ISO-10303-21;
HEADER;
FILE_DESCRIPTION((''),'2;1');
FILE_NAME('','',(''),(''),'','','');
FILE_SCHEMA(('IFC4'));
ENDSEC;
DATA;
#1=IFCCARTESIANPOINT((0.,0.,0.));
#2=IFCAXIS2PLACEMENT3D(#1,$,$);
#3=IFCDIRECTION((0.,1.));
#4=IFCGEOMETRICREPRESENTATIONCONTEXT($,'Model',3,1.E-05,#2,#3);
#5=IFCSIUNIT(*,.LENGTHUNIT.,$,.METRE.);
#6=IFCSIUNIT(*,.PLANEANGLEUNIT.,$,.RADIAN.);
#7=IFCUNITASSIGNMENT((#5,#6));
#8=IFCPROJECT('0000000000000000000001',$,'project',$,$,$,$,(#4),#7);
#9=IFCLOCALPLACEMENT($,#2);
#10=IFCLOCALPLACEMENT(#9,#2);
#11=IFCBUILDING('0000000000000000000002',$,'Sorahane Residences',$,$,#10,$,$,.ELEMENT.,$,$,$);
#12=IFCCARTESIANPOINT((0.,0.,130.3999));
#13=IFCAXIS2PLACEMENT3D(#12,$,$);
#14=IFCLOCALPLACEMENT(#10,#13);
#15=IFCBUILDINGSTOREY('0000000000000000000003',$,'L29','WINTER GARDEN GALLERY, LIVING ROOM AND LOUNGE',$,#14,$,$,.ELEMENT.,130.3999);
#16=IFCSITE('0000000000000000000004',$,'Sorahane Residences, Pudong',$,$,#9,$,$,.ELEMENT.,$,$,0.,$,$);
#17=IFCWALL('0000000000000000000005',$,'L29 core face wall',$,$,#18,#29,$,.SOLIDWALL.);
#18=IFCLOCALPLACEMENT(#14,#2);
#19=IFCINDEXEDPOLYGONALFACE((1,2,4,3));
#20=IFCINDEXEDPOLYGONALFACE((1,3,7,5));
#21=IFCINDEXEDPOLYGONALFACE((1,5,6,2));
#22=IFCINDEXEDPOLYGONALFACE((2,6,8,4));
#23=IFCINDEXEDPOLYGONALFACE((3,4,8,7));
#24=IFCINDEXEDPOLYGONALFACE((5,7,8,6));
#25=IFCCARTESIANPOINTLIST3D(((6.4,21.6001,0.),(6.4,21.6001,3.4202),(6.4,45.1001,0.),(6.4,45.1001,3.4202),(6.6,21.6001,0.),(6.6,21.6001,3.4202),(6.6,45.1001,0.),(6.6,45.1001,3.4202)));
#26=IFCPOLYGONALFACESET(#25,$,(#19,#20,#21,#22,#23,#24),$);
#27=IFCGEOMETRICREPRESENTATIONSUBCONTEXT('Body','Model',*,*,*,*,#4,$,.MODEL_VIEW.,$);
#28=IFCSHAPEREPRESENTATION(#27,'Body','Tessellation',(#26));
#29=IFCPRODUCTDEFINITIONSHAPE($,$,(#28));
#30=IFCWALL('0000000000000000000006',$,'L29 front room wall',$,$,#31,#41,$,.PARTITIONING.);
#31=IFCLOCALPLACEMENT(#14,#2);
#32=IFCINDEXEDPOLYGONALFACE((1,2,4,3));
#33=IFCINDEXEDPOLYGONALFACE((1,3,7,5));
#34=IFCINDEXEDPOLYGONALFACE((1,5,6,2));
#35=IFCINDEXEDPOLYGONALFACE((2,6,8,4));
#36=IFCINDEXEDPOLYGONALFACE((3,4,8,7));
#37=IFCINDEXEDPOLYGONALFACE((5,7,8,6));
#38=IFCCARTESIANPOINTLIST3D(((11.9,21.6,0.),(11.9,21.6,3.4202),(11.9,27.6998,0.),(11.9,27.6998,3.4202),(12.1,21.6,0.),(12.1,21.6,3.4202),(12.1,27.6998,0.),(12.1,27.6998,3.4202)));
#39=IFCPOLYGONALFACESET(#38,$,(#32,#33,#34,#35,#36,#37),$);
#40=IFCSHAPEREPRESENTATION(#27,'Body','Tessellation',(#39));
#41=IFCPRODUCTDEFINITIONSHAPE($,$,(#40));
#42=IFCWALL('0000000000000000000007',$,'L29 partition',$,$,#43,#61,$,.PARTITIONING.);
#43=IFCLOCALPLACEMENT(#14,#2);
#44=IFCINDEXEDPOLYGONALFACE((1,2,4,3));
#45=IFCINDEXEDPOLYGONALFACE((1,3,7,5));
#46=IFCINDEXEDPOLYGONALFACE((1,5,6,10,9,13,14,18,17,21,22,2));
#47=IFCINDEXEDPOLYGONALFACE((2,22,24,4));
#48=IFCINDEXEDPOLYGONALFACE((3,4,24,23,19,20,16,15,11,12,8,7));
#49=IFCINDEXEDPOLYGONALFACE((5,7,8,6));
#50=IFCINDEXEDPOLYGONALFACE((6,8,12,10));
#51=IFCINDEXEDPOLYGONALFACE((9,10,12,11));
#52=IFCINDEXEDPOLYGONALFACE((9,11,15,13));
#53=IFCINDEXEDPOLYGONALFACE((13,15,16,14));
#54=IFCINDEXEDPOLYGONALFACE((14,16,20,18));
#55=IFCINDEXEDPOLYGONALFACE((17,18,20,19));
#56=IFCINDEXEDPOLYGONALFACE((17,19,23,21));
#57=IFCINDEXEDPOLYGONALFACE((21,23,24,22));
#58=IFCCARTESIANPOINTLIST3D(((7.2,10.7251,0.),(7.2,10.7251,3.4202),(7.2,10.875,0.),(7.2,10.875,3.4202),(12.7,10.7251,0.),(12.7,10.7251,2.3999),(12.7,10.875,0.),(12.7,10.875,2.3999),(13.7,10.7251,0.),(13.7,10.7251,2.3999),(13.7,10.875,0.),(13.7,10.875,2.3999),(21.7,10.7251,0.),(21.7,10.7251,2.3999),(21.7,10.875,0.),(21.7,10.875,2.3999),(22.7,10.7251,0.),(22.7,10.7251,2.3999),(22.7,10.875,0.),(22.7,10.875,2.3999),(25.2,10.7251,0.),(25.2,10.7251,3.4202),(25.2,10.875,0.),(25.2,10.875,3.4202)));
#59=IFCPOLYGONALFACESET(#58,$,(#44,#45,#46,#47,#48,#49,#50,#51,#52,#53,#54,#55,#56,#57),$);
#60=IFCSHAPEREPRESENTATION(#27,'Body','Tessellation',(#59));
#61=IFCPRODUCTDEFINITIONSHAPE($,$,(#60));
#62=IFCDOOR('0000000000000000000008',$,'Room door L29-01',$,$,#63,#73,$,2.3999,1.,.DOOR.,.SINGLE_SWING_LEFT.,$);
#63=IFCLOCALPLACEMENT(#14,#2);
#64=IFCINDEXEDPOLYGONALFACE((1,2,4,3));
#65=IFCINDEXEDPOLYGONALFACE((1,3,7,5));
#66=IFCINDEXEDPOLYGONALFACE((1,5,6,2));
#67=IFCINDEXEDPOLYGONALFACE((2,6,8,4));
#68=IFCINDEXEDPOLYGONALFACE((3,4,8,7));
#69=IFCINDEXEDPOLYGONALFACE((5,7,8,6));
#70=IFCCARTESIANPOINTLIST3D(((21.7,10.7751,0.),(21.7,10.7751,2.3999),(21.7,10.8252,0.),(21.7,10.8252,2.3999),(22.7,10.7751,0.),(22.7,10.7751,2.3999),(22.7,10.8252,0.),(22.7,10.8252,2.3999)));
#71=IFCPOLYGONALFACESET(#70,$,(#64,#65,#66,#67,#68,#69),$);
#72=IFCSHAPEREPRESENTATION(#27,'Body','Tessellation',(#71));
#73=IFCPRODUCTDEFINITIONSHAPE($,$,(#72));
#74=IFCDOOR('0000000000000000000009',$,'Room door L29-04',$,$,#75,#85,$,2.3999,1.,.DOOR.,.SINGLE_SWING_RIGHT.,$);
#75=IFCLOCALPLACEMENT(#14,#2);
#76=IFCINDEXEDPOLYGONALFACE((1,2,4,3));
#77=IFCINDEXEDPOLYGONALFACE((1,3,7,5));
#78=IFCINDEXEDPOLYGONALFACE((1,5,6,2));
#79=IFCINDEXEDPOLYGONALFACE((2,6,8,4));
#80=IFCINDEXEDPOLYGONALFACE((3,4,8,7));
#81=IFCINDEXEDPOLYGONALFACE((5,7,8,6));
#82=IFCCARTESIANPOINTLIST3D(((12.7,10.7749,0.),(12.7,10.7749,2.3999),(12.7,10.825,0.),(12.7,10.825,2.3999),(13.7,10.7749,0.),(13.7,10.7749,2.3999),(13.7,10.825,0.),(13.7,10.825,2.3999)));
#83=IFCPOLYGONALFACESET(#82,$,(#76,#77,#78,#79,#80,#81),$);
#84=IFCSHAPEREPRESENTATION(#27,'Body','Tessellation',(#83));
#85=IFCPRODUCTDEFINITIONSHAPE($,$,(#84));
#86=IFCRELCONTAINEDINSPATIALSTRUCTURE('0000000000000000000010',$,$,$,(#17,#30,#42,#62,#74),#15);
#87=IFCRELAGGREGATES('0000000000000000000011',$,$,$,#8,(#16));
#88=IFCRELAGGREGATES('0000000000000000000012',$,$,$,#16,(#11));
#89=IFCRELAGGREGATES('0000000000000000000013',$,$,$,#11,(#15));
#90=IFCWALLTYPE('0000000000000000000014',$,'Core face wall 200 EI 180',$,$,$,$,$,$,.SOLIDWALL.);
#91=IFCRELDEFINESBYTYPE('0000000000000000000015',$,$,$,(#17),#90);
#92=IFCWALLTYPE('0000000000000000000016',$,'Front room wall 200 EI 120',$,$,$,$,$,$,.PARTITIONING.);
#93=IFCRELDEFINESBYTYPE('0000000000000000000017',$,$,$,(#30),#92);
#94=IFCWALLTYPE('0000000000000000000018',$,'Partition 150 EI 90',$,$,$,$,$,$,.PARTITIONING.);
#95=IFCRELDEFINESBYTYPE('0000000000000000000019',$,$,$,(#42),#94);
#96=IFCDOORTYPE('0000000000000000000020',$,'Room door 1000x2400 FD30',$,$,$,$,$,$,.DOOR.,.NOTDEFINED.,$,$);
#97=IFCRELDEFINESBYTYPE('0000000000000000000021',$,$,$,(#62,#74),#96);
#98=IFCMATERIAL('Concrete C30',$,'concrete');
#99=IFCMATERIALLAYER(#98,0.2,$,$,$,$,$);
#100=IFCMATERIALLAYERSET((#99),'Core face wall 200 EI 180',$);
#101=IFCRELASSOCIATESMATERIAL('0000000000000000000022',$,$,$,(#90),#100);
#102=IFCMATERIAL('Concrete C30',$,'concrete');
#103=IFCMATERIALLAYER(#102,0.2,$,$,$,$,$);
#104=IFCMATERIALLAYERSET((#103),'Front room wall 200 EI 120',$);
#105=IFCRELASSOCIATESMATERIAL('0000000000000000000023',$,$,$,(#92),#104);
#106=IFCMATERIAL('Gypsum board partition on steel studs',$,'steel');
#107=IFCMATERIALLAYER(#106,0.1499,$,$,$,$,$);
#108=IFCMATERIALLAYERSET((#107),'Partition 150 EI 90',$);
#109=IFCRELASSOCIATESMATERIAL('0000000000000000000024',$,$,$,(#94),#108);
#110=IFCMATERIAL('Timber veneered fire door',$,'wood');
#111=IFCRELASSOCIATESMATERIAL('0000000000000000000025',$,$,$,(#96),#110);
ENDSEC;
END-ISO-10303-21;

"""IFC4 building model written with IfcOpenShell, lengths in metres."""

from ifc_helpers import new_model, si_unit, direction, frame, frame_2d, origin, place, context, subcontext, project, spatial, rectangle, extrude, material, layer, layer_set, type_object, element, fill, save


model = new_model("IFC4")

# Units and contexts
model_context = context("Model", 3, precision=1e-05, world=origin(), true_north=direction((0.0, 1.0)))
body_context = subcontext(model_context, "Body", "Model", "MODEL_VIEW")
ifc_project = project(units=[si_unit("LENGTHUNIT", "METRE"), si_unit("PLANEANGLEUNIT", "RADIAN")], contexts=[model_context])

# Site, building, storey
site_placement = place(None, origin())
site = spatial("IfcSite", under=ifc_project, at=site_placement, Name="Sorahane Residences, Pudong", CompositionType="ELEMENT", RefElevation=0.0)
building_placement = place(site_placement, origin())
building = spatial("IfcBuilding", under=site, at=building_placement, Name="Sorahane Residences", CompositionType="ELEMENT")
storey_placement = place(building_placement, frame((0.0, 0.0, 130.3999)))
storey = spatial("IfcBuildingStorey", under=building, at=storey_placement, Name="L29", Description="WINTER GARDEN GALLERY, LIVING ROOM AND LOUNGE", CompositionType="ELEMENT", Elevation=130.3999)

# Walls
ifc_material_1 = material(Name="Concrete C30", Category="concrete")
ifc_layer_1 = layer(ifc_material_1, 0.2)
ifc_layer_set_1 = layer_set([ifc_layer_1], Name="Core face wall 200 EI 180")
wall_type_1 = type_object("IfcWallType", Name="Core face wall 200 EI 180", PredefinedType="SOLIDWALL", material=ifc_layer_set_1)
wall_1_placement = place(storey_placement, frame((6.5, 21.6001, 0.0), z_axis=(0.0, 0.0, 1.0), x_axis=(0.0, 1.0, 0.0)))
element("IfcWall", 1, at=wall_1_placement, inside=storey, type_object=wall_type_1, Name="L29 core face wall", PredefinedType="SOLIDWALL", context=body_context, shape_type="SweptSolid", body=[
    extrude(rectangle(XDim=23.5, YDim=0.2, at=frame_2d((11.75, 0.0))), origin(), (0.0, 0.0, 1.0), 3.4202),
])
ifc_material_2 = material(Name="Concrete C30", Category="concrete")
ifc_layer_2 = layer(ifc_material_2, 0.2)
ifc_layer_set_2 = layer_set([ifc_layer_2], Name="Front room wall 200 EI 120")
wall_type_2 = type_object("IfcWallType", Name="Front room wall 200 EI 120", PredefinedType="PARTITIONING", material=ifc_layer_set_2)
wall_2_placement = place(storey_placement, frame((12.0, 21.6001, 0.0), z_axis=(0.0, 0.0, 1.0), x_axis=(0.0, 1.0, 0.0)))
element("IfcWall", 2, at=wall_2_placement, inside=storey, type_object=wall_type_2, Name="L29 front room wall", PredefinedType="PARTITIONING", context=body_context, shape_type="SweptSolid", body=[
    extrude(rectangle(XDim=6.0999, YDim=0.2, at=frame_2d((3.0498, 0.0))), origin(), (0.0, 0.0, 1.0), 3.4202),
])

# Wall, openings, doors
ifc_material_3 = material(Name="Gypsum board partition on steel studs", Category="steel")
ifc_layer_3 = layer(ifc_material_3, 0.1499)
ifc_layer_set_3 = layer_set([ifc_layer_3], Name="Partition 150 EI 90")
wall_type_3 = type_object("IfcWallType", Name="Partition 150 EI 90", PredefinedType="PARTITIONING", material=ifc_layer_set_3)
wall_3_placement = place(storey_placement, frame((7.2, 10.8, 0.0), z_axis=(0.0, 0.0, 1.0), x_axis=(1.0, 0.0, 0.0)))
wall_3 = element("IfcWall", 3, at=wall_3_placement, inside=storey, type_object=wall_type_3, Name="L29 partition", PredefinedType="PARTITIONING", context=body_context, shape_type="SweptSolid", body=[
    extrude(rectangle(XDim=18.0, YDim=0.1499, at=frame_2d((9.0, 0.0))), origin(), (0.0, 0.0, 1.0), 3.4202),
])
opening_1_placement = place(wall_3_placement, frame((14.5, 0.0, 0.0)))
opening_1 = element("IfcOpeningElement", 4, at=opening_1_placement, cuts=wall_3, PredefinedType="OPENING", context=body_context, shape_type="SweptSolid", body=[
    extrude(rectangle(XDim=1.0, YDim=2.3999, at=frame_2d((0.5, 1.2))), frame((0.0, 0.085, 0.0), z_axis=(0.0, -1.0, 0.0), x_axis=(1.0, 0.0, 0.0)), (0.0, 0.0, 1.0), 0.1699),
])
opening_2_placement = place(wall_3_placement, frame((5.5, 0.0, 0.0)))
opening_2 = element("IfcOpeningElement", 5, at=opening_2_placement, cuts=wall_3, PredefinedType="OPENING", context=body_context, shape_type="SweptSolid", body=[
    extrude(rectangle(XDim=1.0, YDim=2.3999, at=frame_2d((0.5, 1.2))), frame((0.0, 0.085, 0.0), z_axis=(0.0, -1.0, 0.0), x_axis=(1.0, 0.0, 0.0)), (0.0, 0.0, 1.0), 0.1699),
])
ifc_material_4 = material(Name="Timber veneered fire door", Category="wood")
door_type_1 = type_object("IfcDoorType", Name="Room door 1000x2400 FD30", OperationType="NOTDEFINED", PredefinedType="DOOR", material=ifc_material_4)
door_1_placement = place(opening_1_placement, frame((1.0, 0.0, 0.0), z_axis=(0.0, 0.0, 1.0), x_axis=(-1.0, 0.0, 0.0)))
door_1 = element("IfcDoor", 6, at=door_1_placement, inside=storey, type_object=door_type_1, Name="Room door L29-01", OperationType="SINGLE_SWING_LEFT", OverallHeight=2.3999, OverallWidth=1.0, PredefinedType="DOOR", context=body_context, shape_type="SweptSolid", body=[
    extrude(rectangle(XDim=1.0, YDim=2.3999, at=frame_2d((0.5, 1.2))), frame((0.0, 0.0249, 0.0), z_axis=(0.0, -1.0, 0.0), x_axis=(1.0, 0.0, 0.0)), (0.0, 0.0, 1.0), 0.05),
])
fill(opening_1, door_1)
door_2_placement = place(opening_2_placement, origin())
door_2 = element("IfcDoor", 7, at=door_2_placement, inside=storey, type_object=door_type_1, Name="Room door L29-04", OperationType="SINGLE_SWING_RIGHT", OverallHeight=2.3999, OverallWidth=1.0, PredefinedType="DOOR", context=body_context, shape_type="SweptSolid", body=[
    extrude(rectangle(XDim=1.0, YDim=2.3999, at=frame_2d((0.5, 1.2))), frame((0.0, 0.0249, 0.0), z_axis=(0.0, -1.0, 0.0), x_axis=(1.0, 0.0, 0.0)), (0.0, 0.0, 1.0), 0.05),
])
fill(opening_2, door_2)

save(model, "model.ifc")
